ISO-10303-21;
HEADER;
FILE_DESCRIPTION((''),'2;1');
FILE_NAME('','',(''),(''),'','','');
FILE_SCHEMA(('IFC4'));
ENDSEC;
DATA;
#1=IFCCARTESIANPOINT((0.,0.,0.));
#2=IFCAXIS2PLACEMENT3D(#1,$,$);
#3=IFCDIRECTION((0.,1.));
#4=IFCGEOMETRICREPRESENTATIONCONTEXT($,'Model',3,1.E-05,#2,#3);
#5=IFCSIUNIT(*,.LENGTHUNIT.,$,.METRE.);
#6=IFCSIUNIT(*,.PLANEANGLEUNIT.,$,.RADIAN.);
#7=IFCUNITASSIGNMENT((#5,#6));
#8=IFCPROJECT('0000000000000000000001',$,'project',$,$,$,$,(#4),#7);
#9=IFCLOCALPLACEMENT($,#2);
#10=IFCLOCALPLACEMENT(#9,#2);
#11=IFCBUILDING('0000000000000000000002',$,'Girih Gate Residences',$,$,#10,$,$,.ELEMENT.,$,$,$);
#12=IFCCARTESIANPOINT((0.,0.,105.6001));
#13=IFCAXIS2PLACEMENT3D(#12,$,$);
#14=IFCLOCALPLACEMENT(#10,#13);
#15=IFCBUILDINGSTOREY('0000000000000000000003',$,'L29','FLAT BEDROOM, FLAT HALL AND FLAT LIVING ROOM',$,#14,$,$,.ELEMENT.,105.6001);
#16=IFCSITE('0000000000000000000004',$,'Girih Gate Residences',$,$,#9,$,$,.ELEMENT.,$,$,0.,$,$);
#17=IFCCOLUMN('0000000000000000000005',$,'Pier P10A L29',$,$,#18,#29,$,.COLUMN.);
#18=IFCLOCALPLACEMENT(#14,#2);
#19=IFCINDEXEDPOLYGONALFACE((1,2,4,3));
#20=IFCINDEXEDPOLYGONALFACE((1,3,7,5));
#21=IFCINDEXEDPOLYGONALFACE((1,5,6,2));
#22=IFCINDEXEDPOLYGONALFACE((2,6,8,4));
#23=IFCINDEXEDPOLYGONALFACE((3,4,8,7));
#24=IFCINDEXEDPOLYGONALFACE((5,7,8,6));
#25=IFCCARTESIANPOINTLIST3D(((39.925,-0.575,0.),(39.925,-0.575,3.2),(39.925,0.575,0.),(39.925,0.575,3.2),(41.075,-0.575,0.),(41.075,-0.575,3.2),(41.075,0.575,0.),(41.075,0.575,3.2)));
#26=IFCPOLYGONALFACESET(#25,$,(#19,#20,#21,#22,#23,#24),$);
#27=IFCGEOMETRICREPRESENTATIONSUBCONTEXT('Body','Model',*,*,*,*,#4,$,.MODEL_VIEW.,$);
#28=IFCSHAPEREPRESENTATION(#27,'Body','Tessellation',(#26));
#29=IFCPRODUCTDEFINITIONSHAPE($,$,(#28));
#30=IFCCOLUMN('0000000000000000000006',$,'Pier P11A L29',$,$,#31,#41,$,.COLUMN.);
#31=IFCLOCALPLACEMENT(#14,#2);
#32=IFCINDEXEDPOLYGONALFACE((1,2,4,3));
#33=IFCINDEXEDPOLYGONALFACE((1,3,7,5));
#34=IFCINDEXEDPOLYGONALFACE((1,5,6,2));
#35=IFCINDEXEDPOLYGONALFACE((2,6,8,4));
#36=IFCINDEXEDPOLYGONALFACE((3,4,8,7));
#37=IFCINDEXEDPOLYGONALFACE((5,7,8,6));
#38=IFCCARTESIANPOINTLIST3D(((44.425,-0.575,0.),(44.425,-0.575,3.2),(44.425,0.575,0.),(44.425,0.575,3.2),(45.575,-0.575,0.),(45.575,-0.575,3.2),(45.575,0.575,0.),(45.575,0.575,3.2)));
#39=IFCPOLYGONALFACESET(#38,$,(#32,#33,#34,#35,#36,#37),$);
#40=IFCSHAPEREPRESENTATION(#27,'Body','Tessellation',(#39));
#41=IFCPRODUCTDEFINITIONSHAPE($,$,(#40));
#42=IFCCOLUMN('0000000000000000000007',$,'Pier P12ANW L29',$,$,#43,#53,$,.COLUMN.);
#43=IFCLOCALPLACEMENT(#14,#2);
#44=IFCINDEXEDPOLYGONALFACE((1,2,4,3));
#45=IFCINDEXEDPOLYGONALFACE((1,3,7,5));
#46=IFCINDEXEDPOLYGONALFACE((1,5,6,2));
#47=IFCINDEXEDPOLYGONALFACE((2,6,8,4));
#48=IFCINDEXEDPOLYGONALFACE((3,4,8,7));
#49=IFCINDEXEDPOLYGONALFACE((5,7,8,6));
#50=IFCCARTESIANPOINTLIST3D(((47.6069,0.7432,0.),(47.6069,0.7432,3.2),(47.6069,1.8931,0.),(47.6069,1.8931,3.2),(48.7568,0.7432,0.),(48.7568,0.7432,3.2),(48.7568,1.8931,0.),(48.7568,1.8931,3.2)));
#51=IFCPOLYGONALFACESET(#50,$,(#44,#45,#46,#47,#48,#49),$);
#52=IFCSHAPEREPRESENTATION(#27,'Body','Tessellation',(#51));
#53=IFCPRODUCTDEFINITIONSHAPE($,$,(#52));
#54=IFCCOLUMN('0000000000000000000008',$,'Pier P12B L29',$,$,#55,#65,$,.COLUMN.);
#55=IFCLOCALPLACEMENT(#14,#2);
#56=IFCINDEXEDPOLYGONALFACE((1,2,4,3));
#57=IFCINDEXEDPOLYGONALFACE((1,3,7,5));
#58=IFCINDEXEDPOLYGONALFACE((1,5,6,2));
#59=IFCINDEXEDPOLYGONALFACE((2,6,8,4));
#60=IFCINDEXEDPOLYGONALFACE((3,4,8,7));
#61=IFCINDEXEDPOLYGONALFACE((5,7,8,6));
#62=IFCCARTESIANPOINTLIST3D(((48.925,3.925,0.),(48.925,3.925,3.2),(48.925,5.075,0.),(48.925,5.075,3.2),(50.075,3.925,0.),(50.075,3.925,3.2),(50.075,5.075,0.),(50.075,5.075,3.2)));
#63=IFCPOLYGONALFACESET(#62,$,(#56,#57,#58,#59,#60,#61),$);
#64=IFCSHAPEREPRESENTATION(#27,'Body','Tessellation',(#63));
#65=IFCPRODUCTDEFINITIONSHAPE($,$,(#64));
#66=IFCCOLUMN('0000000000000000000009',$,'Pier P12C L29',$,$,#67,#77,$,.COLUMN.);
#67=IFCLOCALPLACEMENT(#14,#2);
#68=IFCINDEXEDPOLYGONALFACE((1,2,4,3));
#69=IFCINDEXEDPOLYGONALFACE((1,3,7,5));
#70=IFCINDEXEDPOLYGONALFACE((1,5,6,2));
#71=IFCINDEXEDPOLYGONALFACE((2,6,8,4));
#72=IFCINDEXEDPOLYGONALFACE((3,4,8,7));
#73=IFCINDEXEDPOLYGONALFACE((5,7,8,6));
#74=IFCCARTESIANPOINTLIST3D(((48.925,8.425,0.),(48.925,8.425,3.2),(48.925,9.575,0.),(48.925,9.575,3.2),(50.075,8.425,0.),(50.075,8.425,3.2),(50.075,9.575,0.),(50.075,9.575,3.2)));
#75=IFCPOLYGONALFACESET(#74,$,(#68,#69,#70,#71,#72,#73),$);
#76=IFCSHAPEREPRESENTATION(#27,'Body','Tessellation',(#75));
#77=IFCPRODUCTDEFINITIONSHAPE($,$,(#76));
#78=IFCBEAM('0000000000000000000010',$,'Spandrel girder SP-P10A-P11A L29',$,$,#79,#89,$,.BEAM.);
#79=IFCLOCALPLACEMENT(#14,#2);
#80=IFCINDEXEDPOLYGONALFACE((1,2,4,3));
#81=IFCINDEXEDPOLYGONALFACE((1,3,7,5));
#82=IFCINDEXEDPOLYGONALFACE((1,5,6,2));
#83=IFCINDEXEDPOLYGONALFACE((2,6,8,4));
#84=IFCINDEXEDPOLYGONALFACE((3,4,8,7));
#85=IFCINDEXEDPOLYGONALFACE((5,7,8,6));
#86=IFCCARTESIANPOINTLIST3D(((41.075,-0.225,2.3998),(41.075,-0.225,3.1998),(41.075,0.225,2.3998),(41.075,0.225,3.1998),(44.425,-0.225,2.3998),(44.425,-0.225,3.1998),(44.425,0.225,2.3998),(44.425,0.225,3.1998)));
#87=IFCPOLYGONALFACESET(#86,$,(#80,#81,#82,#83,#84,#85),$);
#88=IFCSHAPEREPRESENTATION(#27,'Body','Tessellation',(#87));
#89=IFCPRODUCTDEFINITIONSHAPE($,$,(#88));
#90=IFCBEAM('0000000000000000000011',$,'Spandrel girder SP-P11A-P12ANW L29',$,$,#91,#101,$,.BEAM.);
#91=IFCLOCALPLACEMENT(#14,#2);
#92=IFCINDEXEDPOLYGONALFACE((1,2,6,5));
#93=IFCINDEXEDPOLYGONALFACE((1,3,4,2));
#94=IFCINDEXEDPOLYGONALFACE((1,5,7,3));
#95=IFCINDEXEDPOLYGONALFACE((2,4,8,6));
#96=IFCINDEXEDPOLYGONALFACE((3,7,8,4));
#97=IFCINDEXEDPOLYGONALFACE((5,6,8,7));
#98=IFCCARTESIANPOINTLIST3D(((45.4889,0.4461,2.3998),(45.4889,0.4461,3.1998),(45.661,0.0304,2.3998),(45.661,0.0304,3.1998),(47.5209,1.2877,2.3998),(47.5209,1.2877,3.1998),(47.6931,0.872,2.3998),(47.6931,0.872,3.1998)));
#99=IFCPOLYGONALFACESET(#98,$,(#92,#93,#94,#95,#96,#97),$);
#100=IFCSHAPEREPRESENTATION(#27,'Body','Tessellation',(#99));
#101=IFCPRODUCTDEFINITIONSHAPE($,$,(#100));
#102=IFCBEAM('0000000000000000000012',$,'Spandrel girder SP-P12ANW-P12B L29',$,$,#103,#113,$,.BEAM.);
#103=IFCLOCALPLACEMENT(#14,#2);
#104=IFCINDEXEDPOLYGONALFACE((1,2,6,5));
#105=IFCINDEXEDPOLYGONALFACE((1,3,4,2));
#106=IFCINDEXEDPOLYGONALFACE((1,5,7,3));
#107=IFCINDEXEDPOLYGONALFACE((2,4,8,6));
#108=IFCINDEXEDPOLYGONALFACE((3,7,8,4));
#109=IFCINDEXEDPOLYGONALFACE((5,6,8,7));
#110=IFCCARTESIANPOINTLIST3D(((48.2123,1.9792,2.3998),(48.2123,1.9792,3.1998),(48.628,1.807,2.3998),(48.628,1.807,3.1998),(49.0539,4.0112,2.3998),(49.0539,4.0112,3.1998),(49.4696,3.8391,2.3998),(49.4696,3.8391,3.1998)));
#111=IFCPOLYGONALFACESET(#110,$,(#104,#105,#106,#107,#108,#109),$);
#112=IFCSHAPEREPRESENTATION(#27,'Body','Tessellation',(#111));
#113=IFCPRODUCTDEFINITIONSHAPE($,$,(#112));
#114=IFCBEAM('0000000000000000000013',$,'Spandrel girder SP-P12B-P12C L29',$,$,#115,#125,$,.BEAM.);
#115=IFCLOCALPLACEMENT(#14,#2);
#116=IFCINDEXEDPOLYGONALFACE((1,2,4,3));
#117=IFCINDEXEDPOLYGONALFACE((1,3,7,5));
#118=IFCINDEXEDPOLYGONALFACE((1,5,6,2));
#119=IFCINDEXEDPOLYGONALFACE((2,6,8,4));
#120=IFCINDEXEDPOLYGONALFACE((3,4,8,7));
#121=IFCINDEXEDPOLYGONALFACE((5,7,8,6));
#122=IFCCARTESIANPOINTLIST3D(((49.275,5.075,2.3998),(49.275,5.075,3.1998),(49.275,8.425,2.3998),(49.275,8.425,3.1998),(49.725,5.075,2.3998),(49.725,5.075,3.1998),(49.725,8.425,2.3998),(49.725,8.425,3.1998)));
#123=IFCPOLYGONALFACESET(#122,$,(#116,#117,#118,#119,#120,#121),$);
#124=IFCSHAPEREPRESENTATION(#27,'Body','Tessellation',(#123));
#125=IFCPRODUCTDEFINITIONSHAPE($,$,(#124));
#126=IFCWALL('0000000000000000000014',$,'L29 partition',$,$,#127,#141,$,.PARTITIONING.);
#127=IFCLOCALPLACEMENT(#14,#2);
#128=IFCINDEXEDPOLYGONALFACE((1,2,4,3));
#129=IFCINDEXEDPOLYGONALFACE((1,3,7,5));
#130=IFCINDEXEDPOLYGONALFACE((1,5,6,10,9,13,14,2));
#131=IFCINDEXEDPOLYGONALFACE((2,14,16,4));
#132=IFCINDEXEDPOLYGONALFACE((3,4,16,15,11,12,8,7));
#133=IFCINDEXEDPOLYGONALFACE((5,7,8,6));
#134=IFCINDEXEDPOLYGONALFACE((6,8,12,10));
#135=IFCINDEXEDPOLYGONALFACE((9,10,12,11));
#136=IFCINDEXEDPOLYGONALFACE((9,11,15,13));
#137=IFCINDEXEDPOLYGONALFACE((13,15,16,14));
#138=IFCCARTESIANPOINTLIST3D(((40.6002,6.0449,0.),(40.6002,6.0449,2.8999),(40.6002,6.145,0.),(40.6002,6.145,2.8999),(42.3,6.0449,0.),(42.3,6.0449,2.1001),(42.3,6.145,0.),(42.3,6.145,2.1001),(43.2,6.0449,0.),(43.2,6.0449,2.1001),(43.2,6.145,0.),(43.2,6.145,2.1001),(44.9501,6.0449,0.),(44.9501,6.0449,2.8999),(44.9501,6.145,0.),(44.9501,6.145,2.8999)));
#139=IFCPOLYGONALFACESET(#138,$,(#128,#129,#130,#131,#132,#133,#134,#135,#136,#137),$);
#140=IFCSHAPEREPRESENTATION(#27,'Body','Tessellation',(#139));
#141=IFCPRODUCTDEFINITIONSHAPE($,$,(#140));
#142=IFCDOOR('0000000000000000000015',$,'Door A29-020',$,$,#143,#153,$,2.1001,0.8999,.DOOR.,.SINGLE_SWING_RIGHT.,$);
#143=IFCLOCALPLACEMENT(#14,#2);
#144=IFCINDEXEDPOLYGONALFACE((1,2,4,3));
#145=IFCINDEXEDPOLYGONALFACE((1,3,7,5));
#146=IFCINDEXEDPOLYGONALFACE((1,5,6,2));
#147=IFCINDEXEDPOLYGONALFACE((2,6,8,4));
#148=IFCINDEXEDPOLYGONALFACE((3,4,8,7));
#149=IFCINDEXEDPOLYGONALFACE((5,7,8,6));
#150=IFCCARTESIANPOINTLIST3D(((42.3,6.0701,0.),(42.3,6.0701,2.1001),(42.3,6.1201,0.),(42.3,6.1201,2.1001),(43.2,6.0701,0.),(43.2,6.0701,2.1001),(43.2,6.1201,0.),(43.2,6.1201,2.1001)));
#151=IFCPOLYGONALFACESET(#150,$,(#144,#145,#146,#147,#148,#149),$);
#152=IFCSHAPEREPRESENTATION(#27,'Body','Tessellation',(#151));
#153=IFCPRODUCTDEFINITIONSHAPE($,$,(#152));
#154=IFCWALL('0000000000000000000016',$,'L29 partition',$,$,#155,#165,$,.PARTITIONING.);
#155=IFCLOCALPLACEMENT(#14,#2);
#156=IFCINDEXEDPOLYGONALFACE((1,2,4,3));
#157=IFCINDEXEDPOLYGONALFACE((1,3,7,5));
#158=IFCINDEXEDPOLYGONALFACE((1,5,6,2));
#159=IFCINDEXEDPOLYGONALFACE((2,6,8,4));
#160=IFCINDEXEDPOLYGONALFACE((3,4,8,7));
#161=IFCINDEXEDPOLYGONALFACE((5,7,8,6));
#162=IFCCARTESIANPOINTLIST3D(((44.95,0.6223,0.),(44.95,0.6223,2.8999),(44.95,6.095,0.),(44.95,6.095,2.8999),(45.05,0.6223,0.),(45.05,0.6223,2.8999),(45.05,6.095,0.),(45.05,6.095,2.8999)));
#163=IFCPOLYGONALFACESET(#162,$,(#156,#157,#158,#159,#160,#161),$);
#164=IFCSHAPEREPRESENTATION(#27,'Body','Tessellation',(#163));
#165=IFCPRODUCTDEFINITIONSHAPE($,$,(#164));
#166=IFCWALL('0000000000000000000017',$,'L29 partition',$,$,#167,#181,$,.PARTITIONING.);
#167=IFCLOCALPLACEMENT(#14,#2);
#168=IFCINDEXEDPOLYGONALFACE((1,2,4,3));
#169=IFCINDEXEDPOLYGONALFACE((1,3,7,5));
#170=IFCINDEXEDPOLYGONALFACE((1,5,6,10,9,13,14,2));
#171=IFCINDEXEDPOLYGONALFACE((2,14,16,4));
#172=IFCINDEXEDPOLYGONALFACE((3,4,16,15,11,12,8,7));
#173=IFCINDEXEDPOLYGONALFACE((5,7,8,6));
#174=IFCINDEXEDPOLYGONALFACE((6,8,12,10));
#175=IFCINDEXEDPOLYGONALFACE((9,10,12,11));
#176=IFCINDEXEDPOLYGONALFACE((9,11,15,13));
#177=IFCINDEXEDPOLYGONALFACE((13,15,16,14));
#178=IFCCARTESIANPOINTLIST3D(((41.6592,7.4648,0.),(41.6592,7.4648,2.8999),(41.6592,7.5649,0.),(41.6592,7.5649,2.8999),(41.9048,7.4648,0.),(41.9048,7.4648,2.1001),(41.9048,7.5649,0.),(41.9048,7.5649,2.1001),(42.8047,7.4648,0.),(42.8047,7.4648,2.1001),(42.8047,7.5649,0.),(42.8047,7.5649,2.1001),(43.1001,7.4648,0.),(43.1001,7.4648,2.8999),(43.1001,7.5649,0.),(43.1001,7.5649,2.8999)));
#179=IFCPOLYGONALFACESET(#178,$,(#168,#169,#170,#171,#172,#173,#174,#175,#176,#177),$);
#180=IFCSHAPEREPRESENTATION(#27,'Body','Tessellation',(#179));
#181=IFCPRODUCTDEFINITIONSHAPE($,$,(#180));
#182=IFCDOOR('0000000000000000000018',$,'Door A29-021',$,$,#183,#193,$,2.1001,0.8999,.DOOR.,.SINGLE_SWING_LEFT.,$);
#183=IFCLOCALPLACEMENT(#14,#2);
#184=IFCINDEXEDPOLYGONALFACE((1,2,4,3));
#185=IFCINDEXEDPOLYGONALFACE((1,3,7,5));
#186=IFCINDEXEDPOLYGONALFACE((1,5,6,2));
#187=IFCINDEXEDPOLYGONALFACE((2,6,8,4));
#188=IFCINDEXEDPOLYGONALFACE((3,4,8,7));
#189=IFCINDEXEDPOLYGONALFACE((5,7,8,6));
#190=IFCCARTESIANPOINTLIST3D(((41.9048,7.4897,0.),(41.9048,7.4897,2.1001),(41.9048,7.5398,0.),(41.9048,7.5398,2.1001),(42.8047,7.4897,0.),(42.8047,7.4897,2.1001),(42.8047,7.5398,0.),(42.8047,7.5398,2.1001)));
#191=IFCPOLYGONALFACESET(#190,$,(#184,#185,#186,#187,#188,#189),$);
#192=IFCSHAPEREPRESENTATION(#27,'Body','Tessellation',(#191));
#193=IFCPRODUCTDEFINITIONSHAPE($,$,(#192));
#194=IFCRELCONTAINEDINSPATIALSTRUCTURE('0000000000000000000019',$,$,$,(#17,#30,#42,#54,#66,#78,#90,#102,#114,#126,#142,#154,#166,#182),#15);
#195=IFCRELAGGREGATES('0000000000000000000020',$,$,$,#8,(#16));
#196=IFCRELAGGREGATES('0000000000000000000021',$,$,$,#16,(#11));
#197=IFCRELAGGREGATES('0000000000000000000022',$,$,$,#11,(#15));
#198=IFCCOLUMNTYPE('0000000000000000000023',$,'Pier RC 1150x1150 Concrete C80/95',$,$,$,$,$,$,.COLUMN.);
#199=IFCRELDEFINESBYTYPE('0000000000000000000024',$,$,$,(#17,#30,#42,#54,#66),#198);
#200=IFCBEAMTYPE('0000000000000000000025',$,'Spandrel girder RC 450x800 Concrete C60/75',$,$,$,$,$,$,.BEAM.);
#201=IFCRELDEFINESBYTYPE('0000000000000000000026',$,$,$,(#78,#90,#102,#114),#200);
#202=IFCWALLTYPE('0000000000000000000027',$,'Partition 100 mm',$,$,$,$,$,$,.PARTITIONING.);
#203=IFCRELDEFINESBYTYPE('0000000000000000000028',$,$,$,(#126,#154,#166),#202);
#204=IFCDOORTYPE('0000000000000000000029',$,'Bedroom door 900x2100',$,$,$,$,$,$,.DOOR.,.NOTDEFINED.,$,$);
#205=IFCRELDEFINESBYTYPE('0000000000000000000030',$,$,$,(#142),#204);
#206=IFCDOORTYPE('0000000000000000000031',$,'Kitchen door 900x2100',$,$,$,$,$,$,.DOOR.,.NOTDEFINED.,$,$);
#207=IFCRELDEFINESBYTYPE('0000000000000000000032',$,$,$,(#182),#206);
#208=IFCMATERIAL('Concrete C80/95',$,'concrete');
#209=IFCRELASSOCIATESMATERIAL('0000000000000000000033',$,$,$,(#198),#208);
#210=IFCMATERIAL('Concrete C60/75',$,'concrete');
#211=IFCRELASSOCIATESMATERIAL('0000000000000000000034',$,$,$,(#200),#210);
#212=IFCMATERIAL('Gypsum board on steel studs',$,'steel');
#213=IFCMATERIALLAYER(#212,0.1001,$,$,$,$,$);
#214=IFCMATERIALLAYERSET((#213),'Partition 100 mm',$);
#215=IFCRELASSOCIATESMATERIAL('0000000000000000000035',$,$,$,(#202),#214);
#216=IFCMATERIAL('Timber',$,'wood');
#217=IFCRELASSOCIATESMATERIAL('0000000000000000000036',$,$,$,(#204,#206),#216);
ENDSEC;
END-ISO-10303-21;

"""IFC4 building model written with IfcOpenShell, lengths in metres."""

from ifc_helpers import new_model, si_unit, direction, frame, frame_2d, origin, origin_2d, place, context, subcontext, project, spatial, rectangle, extrude, material, layer, layer_set, material_profile, profile_set, type_object, element, fill, save


model = new_model("IFC4")

# Units and contexts
model_context = context("Model", 3, precision=1e-05, world=origin(), true_north=direction((0.0, 1.0)))
body_context = subcontext(model_context, "Body", "Model", "MODEL_VIEW")
ifc_project = project(units=[si_unit("LENGTHUNIT", "METRE"), si_unit("PLANEANGLEUNIT", "RADIAN")], contexts=[model_context])

# Site, building, storey
site_placement = place(None, origin())
site = spatial("IfcSite", under=ifc_project, at=site_placement, Name="Girih Gate Residences", CompositionType="ELEMENT", RefElevation=0.0)
building_placement = place(site_placement, origin())
building = spatial("IfcBuilding", under=site, at=building_placement, Name="Girih Gate Residences", CompositionType="ELEMENT")
storey_placement = place(building_placement, frame((0.0, 0.0, 105.6001)))
storey = spatial("IfcBuildingStorey", under=building, at=storey_placement, Name="L29", Description="FLAT BEDROOM, FLAT HALL AND FLAT LIVING ROOM", CompositionType="ELEMENT", Elevation=105.6001)

# Columns
ifc_material_1 = material(Name="Concrete C80/95", Category="concrete")
ifc_material_profile_1 = material_profile(ifc_material_1, rectangle(XDim=1.1499, YDim=1.1499, at=origin_2d()))
ifc_profile_set_1 = profile_set([ifc_material_profile_1], Name="Concrete C80/95")
column_type = type_object("IfcColumnType", Name="Pier RC 1150x1150 Concrete C80/95", PredefinedType="COLUMN", material=ifc_profile_set_1)
for number, where, z_axis, x_axis, name in (
    (1, (40.5, 0.0, 0.0), (0.0, 0.0, 1.0), (1.0, 0.0, 0.0), "Pier P10A L29"),
    (2, (45.0, 0.0, 0.0), (0.0, 0.0, 1.0), (1.0, 0.0, 0.0), "Pier P11A L29"),
    (3, (48.1819, 1.3181, 0.0), (0.0, 0.0, 1.0), (1.0, 0.0, 0.0), "Pier P12ANW L29"),
    (4, (49.5, 4.5, 0.0), (0.0, 0.0, 1.0), (1.0, 0.0, 0.0), "Pier P12B L29"),
    (5, (49.5, 9.0, 0.0), (0.0, 0.0, 1.0), (1.0, 0.0, 0.0), "Pier P12C L29"),
):
    element("IfcColumn", number, at=place(storey_placement, frame(where, z_axis=z_axis, x_axis=x_axis)), inside=storey, type_object=column_type, Name=name, PredefinedType="COLUMN", context=body_context, shape_type="SweptSolid", body=[
        extrude(rectangle(XDim=1.1499, YDim=1.1499, at=origin_2d()), origin(), (0.0, 0.0, 1.0), 3.2),
    ])

# Beams
ifc_material_2 = material(Name="Concrete C60/75", Category="concrete")
ifc_material_profile_2 = material_profile(ifc_material_2, rectangle(XDim=0.45, YDim=0.8, at=origin_2d()))
ifc_profile_set_2 = profile_set([ifc_material_profile_2], Name="Concrete C60/75")
beam_type = type_object("IfcBeamType", Name="Spandrel girder RC 450x800 Concrete C60/75", PredefinedType="BEAM", material=ifc_profile_set_2)
beam_1_placement = place(storey_placement, frame((41.075, 0.0, 2.7998), z_axis=(1.0, 0.0, 0.0), x_axis=(0.0, 1.0, 0.0)))
element("IfcBeam", 6, at=beam_1_placement, inside=storey, type_object=beam_type, Name="Spandrel girder SP-P10A-P11A L29", PredefinedType="BEAM", context=body_context, shape_type="SweptSolid", body=[
    extrude(rectangle(XDim=0.45, YDim=0.8, at=origin_2d()), origin(), (0.0, 0.0, 1.0), 3.3501),
])
for number, where, z_axis, x_axis, name in (
    (7, (45.575, 0.2383, 2.7998), (0.923899, 0.382636, 0.0), (-0.382636, 0.923899, 0.0), "Spandrel girder SP-P11A-P12ANW L29"),
    (8, (48.4202, 1.8931, 2.7998), (0.382636, 0.923899, 0.0), (-0.923899, 0.382636, 0.0), "Spandrel girder SP-P12ANW-P12B L29"),
):
    element("IfcBeam", number, at=place(storey_placement, frame(where, z_axis=z_axis, x_axis=x_axis)), inside=storey, type_object=beam_type, Name=name, PredefinedType="BEAM", context=body_context, shape_type="SweptSolid", body=[
        extrude(rectangle(XDim=0.45, YDim=0.8, at=origin_2d()), origin(), (0.0, 0.0, 1.0), 2.1995),
    ])
beam_2_placement = place(storey_placement, frame((49.5, 5.075, 2.7998), z_axis=(0.0, 1.0, 0.0), x_axis=(-1.0, 0.0, 0.0)))
element("IfcBeam", 9, at=beam_2_placement, inside=storey, type_object=beam_type, Name="Spandrel girder SP-P12B-P12C L29", PredefinedType="BEAM", context=body_context, shape_type="SweptSolid", body=[
    extrude(rectangle(XDim=0.45, YDim=0.8, at=origin_2d()), origin(), (0.0, 0.0, 1.0), 3.3501),
])

# Wall, opening, door
ifc_material_3 = material(Name="Gypsum board on steel studs", Category="steel")
ifc_layer_1 = layer(ifc_material_3, 0.1001)
ifc_layer_set_1 = layer_set([ifc_layer_1], Name="Partition 100 mm")
wall_type_1 = type_object("IfcWallType", Name="Partition 100 mm", PredefinedType="PARTITIONING", material=ifc_layer_set_1)
wall_1_placement = place(storey_placement, frame((44.95, 6.095, 0.0), z_axis=(0.0, 0.0, 1.0), x_axis=(-1.0, 0.0, 0.0)))
wall_1 = element("IfcWall", 10, at=wall_1_placement, inside=storey, type_object=wall_type_1, Name="L29 partition", PredefinedType="PARTITIONING", context=body_context, shape_type="SweptSolid", body=[
    extrude(rectangle(XDim=4.3499, YDim=0.1001, at=frame_2d((2.1748, 0.0))), origin(), (0.0, 0.0, 1.0), 2.8999),
])
opening_1_placement = place(wall_1_placement, frame((1.75, 0.0, 0.0)))
opening_1 = element("IfcOpeningElement", 11, at=opening_1_placement, cuts=wall_1, PredefinedType="OPENING", context=body_context, shape_type="SweptSolid", body=[
    extrude(rectangle(XDim=0.8999, YDim=2.1001, at=frame_2d((0.45, 1.05))), frame((0.0, 0.0601, 0.0), z_axis=(0.0, -1.0, 0.0), x_axis=(1.0, 0.0, 0.0)), (0.0, 0.0, 1.0), 0.1201),
])
ifc_material_4 = material(Name="Timber", Category="wood")
door_type_1 = type_object("IfcDoorType", Name="Bedroom door 900x2100", OperationType="NOTDEFINED", PredefinedType="DOOR", material=ifc_material_4)
door_1_placement = place(opening_1_placement, origin())
door_1 = element("IfcDoor", 12, at=door_1_placement, inside=storey, type_object=door_type_1, Name="Door A29-020", OperationType="SINGLE_SWING_RIGHT", OverallHeight=2.1001, OverallWidth=0.8999, PredefinedType="DOOR", context=body_context, shape_type="SweptSolid", body=[
    extrude(rectangle(XDim=0.8999, YDim=2.1001, at=frame_2d((0.45, 1.05))), frame((0.0, 0.0249, 0.0), z_axis=(0.0, -1.0, 0.0), x_axis=(1.0, 0.0, 0.0)), (0.0, 0.0, 1.0), 0.05),
])
fill(opening_1, door_1)

# Wall
wall_2_placement = place(storey_placement, frame((45.0, 0.6223, 0.0), z_axis=(0.0, 0.0, 1.0), x_axis=(0.0, 1.0, 0.0)))
element("IfcWall", 13, at=wall_2_placement, inside=storey, type_object=wall_type_1, Name="L29 partition", PredefinedType="PARTITIONING", context=body_context, shape_type="SweptSolid", body=[
    extrude(rectangle(XDim=5.4727, YDim=0.1001, at=frame_2d((2.7363, 0.0))), origin(), (0.0, 0.0, 1.0), 2.8999),
])

# Wall, opening, door
wall_3_placement = place(storey_placement, frame((41.6592, 7.5149, 0.0), z_axis=(0.0, 0.0, 1.0), x_axis=(1.0, 0.0, 0.0)))
wall_3 = element("IfcWall", 14, at=wall_3_placement, inside=storey, type_object=wall_type_1, Name="L29 partition", PredefinedType="PARTITIONING", context=body_context, shape_type="SweptSolid", body=[
    extrude(rectangle(XDim=1.4409, YDim=0.1001, at=frame_2d((0.7205, 0.0))), origin(), (0.0, 0.0, 1.0), 2.8999),
])
opening_2_placement = place(wall_3_placement, frame((0.2456, 0.0, 0.0)))
opening_2 = element("IfcOpeningElement", 15, at=opening_2_placement, cuts=wall_3, PredefinedType="OPENING", context=body_context, shape_type="SweptSolid", body=[
    extrude(rectangle(XDim=0.8999, YDim=2.1001, at=frame_2d((0.45, 1.05))), frame((0.0, 0.0601, 0.0), z_axis=(0.0, -1.0, 0.0), x_axis=(1.0, 0.0, 0.0)), (0.0, 0.0, 1.0), 0.1201),
])
door_type_2 = type_object("IfcDoorType", Name="Kitchen door 900x2100", OperationType="NOTDEFINED", PredefinedType="DOOR", material=ifc_material_4)
door_2_placement = place(opening_2_placement, origin())
door_2 = element("IfcDoor", 16, at=door_2_placement, inside=storey, type_object=door_type_2, Name="Door A29-021", OperationType="SINGLE_SWING_LEFT", OverallHeight=2.1001, OverallWidth=0.8999, PredefinedType="DOOR", context=body_context, shape_type="SweptSolid", body=[
    extrude(rectangle(XDim=0.8999, YDim=2.1001, at=frame_2d((0.45, 1.05))), frame((0.0, 0.0249, 0.0), z_axis=(0.0, -1.0, 0.0), x_axis=(1.0, 0.0, 0.0)), (0.0, 0.0, 1.0), 0.05),
])
fill(opening_2, door_2)

save(model, "model.ifc")
